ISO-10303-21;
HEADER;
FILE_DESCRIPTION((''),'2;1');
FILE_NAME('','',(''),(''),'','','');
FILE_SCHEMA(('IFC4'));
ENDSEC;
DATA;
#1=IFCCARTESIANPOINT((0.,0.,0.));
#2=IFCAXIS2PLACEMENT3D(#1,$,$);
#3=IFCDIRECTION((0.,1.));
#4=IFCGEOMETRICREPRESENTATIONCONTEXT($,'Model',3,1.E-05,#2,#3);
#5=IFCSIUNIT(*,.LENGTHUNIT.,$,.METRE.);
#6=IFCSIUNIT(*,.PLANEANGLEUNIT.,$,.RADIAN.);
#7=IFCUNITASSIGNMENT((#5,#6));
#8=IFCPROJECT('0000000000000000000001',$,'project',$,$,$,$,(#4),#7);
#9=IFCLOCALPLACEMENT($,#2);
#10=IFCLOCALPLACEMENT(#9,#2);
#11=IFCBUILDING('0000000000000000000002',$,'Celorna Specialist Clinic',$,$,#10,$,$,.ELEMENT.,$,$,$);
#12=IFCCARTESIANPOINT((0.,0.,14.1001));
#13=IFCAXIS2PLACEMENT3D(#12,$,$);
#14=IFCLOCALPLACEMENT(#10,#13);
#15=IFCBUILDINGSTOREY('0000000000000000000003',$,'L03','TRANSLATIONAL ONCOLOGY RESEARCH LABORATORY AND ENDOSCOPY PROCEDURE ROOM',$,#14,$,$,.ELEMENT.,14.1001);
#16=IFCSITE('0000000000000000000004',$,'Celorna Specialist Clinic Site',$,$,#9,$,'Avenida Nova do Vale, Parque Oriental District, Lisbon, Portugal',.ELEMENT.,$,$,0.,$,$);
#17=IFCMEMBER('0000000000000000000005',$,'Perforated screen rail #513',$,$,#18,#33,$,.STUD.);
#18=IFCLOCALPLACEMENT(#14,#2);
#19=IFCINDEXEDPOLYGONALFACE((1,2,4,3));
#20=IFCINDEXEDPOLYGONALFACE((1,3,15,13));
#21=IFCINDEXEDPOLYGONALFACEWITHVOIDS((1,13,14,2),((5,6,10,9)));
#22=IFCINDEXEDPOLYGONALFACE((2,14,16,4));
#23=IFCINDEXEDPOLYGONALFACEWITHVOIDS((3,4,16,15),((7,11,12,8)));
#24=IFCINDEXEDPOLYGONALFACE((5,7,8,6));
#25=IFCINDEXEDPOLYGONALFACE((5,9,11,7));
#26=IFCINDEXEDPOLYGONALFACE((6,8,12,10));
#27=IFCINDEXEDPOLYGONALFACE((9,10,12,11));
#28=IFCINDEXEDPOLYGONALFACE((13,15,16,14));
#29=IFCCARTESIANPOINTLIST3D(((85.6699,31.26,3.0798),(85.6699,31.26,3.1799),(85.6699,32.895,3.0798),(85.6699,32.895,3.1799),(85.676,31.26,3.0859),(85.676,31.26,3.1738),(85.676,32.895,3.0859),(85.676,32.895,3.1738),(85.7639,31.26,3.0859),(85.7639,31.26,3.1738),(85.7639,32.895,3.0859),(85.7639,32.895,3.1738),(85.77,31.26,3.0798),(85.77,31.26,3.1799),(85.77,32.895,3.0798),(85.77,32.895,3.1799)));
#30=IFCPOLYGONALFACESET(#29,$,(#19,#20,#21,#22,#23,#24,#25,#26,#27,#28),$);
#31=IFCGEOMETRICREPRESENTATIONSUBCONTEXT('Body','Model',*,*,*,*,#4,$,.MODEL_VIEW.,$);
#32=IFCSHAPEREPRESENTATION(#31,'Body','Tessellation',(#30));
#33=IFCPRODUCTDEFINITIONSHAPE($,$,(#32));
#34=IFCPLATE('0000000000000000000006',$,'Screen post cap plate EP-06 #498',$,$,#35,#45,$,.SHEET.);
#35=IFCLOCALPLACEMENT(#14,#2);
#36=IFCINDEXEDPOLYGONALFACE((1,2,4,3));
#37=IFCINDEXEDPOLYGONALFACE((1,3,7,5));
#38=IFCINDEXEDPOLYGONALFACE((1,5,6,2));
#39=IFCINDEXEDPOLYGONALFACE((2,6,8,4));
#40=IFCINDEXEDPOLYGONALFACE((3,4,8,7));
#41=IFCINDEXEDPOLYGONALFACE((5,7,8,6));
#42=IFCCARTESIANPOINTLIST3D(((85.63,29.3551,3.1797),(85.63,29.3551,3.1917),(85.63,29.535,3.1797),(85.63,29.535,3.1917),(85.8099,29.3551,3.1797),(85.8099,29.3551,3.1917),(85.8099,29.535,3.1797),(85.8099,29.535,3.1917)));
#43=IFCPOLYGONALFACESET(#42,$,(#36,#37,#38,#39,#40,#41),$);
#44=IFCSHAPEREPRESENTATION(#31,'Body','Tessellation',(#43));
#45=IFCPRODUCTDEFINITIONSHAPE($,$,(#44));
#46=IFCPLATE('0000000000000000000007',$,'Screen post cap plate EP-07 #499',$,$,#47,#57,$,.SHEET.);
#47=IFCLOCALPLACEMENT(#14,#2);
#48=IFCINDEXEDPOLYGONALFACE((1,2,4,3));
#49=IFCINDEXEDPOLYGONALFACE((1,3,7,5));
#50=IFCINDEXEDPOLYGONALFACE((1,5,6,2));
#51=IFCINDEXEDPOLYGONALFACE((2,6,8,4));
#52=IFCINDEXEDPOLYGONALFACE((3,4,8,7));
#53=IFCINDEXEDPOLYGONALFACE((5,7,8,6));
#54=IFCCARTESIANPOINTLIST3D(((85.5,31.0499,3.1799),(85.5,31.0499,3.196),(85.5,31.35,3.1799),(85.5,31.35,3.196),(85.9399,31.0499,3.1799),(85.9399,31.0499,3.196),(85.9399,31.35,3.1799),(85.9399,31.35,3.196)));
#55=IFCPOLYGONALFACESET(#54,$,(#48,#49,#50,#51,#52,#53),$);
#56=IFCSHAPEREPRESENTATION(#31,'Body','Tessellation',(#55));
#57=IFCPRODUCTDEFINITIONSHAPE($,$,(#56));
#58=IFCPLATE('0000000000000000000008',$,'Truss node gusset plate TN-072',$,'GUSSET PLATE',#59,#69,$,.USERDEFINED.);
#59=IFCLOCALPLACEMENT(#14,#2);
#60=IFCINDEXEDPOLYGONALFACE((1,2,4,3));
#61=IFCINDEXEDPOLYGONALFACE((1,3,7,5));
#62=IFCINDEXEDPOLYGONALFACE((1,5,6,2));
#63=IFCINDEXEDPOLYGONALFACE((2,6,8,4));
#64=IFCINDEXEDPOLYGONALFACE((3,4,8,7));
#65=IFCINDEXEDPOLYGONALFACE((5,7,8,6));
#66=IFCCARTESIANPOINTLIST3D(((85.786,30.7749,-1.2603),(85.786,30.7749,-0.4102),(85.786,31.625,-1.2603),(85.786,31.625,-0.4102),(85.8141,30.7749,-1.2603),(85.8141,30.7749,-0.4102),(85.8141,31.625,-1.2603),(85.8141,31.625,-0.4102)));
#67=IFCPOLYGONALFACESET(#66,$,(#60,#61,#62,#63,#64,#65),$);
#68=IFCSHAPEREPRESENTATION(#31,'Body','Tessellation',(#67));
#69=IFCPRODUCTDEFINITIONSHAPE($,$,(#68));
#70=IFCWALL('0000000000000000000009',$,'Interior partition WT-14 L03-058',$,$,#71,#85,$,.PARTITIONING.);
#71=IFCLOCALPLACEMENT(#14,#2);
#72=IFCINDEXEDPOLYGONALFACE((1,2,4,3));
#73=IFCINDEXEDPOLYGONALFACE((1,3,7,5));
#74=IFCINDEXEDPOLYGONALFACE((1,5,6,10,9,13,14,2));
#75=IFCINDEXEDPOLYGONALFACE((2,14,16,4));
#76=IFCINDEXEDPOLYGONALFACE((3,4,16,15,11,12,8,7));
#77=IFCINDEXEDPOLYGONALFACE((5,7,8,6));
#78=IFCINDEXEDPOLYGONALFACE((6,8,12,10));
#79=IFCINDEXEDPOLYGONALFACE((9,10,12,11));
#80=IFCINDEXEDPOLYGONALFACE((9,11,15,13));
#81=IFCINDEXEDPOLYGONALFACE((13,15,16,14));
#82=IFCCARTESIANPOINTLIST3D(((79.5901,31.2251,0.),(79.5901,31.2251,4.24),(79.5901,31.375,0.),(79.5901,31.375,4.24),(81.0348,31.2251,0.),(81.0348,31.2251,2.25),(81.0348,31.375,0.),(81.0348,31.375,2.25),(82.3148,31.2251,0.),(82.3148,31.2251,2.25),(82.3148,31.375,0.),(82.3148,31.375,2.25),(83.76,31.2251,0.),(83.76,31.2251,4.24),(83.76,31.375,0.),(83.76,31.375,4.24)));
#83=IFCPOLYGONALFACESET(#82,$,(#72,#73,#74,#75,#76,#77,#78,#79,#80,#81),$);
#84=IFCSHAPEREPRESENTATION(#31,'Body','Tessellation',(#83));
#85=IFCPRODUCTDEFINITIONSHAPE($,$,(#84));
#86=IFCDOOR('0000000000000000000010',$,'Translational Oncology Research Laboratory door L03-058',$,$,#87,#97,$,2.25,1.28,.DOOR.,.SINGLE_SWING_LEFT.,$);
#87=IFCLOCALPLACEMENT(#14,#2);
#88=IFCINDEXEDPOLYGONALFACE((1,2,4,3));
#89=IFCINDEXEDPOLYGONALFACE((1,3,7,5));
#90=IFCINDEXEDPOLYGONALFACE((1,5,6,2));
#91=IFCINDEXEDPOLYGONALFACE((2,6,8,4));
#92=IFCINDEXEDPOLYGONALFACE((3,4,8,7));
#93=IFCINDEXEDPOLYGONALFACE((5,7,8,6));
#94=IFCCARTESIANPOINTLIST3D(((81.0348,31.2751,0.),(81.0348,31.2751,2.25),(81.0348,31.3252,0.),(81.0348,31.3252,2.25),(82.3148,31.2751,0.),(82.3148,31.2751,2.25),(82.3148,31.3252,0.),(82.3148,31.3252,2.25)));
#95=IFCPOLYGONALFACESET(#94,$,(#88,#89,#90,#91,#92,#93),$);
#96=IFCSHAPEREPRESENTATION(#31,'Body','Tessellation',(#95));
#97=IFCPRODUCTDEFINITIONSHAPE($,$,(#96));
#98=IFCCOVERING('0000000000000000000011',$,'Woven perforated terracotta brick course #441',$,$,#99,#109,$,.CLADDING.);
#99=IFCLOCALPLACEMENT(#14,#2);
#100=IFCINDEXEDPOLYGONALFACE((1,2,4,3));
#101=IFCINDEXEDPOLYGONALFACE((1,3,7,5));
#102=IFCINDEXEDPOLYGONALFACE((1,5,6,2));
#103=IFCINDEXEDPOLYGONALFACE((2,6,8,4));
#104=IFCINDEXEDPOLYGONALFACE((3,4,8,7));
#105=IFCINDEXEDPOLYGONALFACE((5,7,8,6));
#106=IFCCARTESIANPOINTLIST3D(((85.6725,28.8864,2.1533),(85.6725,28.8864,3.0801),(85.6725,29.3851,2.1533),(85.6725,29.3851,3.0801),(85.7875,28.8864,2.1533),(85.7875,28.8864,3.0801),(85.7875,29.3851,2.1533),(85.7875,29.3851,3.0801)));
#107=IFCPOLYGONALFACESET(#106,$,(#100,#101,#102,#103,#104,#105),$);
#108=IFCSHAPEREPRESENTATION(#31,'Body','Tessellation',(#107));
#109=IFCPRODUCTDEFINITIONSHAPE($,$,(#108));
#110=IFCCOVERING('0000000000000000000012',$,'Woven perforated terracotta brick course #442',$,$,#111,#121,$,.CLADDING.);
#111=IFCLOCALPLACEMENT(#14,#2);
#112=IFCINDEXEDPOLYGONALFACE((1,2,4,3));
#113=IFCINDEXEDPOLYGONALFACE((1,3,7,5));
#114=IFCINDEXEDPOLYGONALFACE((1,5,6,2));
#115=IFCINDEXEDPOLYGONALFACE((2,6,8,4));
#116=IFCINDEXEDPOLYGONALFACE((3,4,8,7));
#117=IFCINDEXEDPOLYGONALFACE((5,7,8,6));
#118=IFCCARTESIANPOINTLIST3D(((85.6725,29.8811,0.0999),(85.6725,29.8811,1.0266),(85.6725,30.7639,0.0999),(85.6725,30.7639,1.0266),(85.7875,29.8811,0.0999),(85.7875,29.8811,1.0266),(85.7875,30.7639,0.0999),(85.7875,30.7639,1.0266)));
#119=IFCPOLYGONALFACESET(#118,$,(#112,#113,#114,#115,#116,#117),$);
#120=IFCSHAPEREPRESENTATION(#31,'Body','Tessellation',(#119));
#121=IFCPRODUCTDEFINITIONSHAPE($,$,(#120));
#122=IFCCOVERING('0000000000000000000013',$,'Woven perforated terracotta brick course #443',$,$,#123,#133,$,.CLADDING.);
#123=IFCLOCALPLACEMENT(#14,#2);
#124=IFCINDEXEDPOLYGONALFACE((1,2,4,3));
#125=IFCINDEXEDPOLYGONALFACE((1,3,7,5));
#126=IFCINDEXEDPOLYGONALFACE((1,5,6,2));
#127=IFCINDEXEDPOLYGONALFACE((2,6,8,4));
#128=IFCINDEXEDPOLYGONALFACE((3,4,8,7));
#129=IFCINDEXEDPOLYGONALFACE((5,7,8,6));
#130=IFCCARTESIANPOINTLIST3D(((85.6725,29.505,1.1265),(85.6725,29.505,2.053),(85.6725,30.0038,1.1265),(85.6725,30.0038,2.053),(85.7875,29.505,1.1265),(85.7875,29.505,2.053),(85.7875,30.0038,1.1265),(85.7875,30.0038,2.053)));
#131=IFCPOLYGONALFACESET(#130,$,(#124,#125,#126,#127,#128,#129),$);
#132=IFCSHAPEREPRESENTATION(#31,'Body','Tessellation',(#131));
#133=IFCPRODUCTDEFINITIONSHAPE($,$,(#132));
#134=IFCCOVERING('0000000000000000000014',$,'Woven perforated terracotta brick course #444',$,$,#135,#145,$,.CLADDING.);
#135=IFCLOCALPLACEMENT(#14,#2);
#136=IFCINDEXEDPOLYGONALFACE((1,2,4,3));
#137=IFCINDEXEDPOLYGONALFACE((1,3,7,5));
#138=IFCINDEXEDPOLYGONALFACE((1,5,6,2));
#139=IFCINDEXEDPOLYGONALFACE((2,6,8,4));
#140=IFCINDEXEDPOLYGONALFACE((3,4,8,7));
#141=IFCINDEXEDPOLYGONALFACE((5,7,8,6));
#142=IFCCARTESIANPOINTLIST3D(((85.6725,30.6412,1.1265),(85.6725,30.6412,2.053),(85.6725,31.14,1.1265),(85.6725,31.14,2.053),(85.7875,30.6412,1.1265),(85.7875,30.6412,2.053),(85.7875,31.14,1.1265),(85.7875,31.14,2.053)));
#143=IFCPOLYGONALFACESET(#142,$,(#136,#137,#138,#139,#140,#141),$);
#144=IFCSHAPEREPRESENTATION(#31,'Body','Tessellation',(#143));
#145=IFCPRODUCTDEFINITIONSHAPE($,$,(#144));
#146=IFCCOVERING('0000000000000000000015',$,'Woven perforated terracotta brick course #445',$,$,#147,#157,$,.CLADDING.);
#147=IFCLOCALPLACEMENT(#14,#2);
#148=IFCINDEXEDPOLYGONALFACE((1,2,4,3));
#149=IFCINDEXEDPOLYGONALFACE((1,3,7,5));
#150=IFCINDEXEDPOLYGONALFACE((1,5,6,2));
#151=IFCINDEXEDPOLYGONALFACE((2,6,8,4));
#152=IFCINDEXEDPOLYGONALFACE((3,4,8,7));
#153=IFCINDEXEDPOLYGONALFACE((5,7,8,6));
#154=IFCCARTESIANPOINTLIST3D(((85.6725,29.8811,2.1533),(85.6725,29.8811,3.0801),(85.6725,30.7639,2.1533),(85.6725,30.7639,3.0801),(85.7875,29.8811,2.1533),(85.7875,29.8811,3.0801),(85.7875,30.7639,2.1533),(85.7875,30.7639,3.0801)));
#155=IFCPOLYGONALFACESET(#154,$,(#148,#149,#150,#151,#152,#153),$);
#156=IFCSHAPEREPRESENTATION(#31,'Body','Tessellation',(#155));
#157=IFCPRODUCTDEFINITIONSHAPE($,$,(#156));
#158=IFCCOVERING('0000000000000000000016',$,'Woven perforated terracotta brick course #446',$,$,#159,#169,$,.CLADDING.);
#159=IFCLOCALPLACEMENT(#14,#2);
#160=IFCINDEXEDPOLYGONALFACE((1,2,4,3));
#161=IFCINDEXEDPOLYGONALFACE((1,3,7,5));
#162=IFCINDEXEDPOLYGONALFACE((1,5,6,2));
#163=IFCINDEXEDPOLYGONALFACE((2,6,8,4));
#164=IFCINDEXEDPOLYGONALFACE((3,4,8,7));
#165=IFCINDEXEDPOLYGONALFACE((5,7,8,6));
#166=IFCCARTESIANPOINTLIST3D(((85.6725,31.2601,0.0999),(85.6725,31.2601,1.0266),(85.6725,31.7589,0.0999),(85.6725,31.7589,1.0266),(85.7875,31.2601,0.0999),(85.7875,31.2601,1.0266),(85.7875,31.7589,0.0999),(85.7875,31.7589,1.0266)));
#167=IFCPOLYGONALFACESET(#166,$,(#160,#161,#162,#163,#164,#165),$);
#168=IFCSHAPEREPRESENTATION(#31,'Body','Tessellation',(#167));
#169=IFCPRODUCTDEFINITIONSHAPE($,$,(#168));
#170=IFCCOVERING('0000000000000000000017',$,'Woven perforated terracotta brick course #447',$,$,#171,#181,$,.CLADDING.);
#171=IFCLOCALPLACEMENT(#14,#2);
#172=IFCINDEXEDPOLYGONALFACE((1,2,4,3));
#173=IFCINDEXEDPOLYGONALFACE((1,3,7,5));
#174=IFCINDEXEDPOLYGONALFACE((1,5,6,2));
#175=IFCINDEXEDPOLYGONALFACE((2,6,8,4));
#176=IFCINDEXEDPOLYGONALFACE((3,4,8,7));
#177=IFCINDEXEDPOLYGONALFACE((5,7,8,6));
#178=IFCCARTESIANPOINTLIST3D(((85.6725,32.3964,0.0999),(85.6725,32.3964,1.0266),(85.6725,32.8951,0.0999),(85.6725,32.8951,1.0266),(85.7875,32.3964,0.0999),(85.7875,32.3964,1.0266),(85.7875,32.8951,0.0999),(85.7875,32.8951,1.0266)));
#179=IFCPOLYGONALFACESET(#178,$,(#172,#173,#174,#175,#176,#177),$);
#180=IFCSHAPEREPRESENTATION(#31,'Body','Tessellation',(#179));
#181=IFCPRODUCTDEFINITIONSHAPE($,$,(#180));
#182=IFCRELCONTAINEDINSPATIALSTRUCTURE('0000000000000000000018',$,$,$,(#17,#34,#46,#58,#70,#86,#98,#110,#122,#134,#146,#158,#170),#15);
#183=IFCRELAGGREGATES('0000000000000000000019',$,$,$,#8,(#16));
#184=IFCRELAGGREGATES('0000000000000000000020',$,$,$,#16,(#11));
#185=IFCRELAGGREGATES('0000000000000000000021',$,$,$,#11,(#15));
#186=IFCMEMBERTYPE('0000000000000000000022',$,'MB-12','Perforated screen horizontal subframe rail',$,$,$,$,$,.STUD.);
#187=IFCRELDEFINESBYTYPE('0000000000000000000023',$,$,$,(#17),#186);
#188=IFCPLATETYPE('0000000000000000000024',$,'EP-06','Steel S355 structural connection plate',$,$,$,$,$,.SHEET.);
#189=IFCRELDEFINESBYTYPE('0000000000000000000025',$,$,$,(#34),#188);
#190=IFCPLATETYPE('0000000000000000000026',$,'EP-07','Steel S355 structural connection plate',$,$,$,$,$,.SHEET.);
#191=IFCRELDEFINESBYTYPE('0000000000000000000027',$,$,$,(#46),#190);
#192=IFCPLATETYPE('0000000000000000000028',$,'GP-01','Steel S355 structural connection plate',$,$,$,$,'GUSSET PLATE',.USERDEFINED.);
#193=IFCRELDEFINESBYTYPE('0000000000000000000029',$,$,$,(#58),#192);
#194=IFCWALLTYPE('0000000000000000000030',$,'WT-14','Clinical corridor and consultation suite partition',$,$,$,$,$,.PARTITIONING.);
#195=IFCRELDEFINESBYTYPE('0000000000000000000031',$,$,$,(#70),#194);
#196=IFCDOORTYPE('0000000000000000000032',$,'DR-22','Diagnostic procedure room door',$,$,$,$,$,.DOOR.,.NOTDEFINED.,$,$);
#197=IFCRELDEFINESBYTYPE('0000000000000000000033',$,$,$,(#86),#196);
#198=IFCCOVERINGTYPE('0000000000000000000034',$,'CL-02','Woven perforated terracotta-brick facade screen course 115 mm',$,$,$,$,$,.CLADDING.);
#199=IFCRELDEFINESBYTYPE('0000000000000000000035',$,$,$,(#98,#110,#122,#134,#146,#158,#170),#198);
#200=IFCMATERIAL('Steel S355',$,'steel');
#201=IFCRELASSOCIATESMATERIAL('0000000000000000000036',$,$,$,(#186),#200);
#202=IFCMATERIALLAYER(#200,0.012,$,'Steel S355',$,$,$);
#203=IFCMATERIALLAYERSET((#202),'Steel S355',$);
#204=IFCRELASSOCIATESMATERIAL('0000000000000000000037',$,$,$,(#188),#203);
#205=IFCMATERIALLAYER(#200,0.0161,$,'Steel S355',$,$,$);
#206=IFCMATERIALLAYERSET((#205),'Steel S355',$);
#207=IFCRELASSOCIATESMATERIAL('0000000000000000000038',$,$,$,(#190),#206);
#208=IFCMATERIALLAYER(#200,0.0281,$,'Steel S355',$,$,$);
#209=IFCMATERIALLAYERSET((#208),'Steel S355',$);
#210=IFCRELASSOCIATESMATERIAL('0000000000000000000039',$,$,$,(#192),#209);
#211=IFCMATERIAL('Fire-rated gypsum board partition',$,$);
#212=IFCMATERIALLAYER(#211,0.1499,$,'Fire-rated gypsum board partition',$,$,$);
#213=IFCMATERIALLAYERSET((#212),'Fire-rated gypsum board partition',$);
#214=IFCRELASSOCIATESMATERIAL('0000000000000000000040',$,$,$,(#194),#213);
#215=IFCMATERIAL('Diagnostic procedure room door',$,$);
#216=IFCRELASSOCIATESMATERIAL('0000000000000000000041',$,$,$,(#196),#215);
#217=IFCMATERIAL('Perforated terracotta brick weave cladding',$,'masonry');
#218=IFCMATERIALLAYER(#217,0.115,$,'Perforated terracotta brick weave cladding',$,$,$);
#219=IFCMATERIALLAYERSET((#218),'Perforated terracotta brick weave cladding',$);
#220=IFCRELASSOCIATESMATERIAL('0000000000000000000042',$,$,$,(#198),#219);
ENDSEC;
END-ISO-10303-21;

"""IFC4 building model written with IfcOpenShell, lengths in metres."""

from ifc_helpers import new_model, si_unit, direction, frame, frame_2d, origin, origin_2d, place, context, subcontext, project, spatial, rectangle, hollow_rectangle, extrude, material, layer, layer_set, material_profile, profile_set, type_object, element, fill, save


model = new_model("IFC4")

# Units and contexts
model_context = context("Model", 3, precision=1e-05, world=origin(), true_north=direction((0.0, 1.0)))
body_context = subcontext(model_context, "Body", "Model", "MODEL_VIEW")
ifc_project = project(units=[si_unit("LENGTHUNIT", "METRE"), si_unit("PLANEANGLEUNIT", "RADIAN")], contexts=[model_context])

# Site, building, storey
site_placement = place(None, origin())
site = spatial("IfcSite", under=ifc_project, at=site_placement, Name="Celorna Specialist Clinic Site", LongName="Avenida Nova do Vale, Parque Oriental District, Lisbon, Portugal", CompositionType="ELEMENT", RefElevation=0.0)
building_placement = place(site_placement, origin())
building = spatial("IfcBuilding", under=site, at=building_placement, Name="Celorna Specialist Clinic", CompositionType="ELEMENT")
storey_placement = place(building_placement, frame((0.0, 0.0, 14.1001)))
storey = spatial("IfcBuildingStorey", under=building, at=storey_placement, Name="L03", Description="TRANSLATIONAL ONCOLOGY RESEARCH LABORATORY AND ENDOSCOPY PROCEDURE ROOM", CompositionType="ELEMENT", Elevation=14.1001)

# Member
ifc_material_1 = material(Name="Steel S355", Category="steel")
ifc_material_profile_1 = material_profile(ifc_material_1, hollow_rectangle(XDim=0.1001, YDim=0.1001, WallThickness=0.0061, at=origin_2d()), Name="SHS 100x100x6")
ifc_profile_set_1 = profile_set([ifc_material_profile_1], Name="Steel S355")
member_type_1 = type_object("IfcMemberType", Name="MB-12", Description="Perforated screen horizontal subframe rail", PredefinedType="STUD", material=ifc_profile_set_1)
for number, where, z_axis, x_axis, name in (
    (1, (85.72, 31.26, 3.1299), (0.0, 1.0, 0.0), (-1.0, 0.0, 0.0), "Perforated screen rail #513"),
):
    element("IfcMember", number, at=place(storey_placement, frame(where, z_axis=z_axis, x_axis=x_axis)), inside=storey, type_object=member_type_1, Name=name, PredefinedType="STUD", context=body_context, shape_type="SweptSolid", body=[
        extrude(hollow_rectangle(XDim=0.1001, YDim=0.1001, WallThickness=0.0061, at=origin_2d()), origin(), (0.0, 0.0, 1.0), 1.635),
    ])

# Plates
ifc_layer_1 = layer(ifc_material_1, 0.012, Name="Steel S355")
ifc_layer_set_1 = layer_set([ifc_layer_1], Name="Steel S355")
plate_type_1 = type_object("IfcPlateType", Name="EP-06", Description="Steel S355 structural connection plate", PredefinedType="SHEET", material=ifc_layer_set_1)
plate_1_placement = place(storey_placement, frame((85.72, 29.4451, 3.1797), z_axis=(0.0, 0.0, 1.0), x_axis=(0.0, 1.0, 0.0)))
element("IfcPlate", 2, at=plate_1_placement, inside=storey, type_object=plate_type_1, Name="Screen post cap plate EP-06 #498", PredefinedType="SHEET", context=body_context, shape_type="SweptSolid", body=[
    extrude(rectangle(XDim=0.1799, YDim=0.1799, at=origin_2d()), origin(), (0.0, 0.0, 1.0), 0.012),
])
ifc_layer_2 = layer(ifc_material_1, 0.0161, Name="Steel S355")
ifc_layer_set_2 = layer_set([ifc_layer_2], Name="Steel S355")
plate_type_2 = type_object("IfcPlateType", Name="EP-07", Description="Steel S355 structural connection plate", PredefinedType="SHEET", material=ifc_layer_set_2)
plate_2_placement = place(storey_placement, frame((85.72, 31.2, 3.1799), z_axis=(0.0, 0.0, 1.0), x_axis=(0.0, 1.0, 0.0)))
element("IfcPlate", 3, at=plate_2_placement, inside=storey, type_object=plate_type_2, Name="Screen post cap plate EP-07 #499", PredefinedType="SHEET", context=body_context, shape_type="SweptSolid", body=[
    extrude(rectangle(XDim=0.3, YDim=0.4399, at=origin_2d()), origin(), (0.0, 0.0, 1.0), 0.0161),
])
ifc_layer_3 = layer(ifc_material_1, 0.0281, Name="Steel S355")
ifc_layer_set_3 = layer_set([ifc_layer_3], Name="Steel S355")
plate_type_3 = type_object("IfcPlateType", Name="GP-01", Description="Steel S355 structural connection plate", ElementType="GUSSET PLATE", PredefinedType="USERDEFINED", material=ifc_layer_set_3)
plate_3_placement = place(storey_placement, frame((85.8, 31.2, -1.2603), z_axis=(0.0, 0.0, 1.0), x_axis=(0.0, 1.0, 0.0)))
element("IfcPlate", 4, at=plate_3_placement, inside=storey, type_object=plate_type_3, Name="Truss node gusset plate TN-072", ObjectType="GUSSET PLATE", PredefinedType="USERDEFINED", context=body_context, shape_type="SweptSolid", body=[
    extrude(rectangle(XDim=0.8501, YDim=0.0281, at=origin_2d()), origin(), (0.0, 0.0, 1.0), 0.8501),
])

# Wall, opening, door
ifc_material_2 = material(Name="Fire-rated gypsum board partition")
ifc_layer_4 = layer(ifc_material_2, 0.1499, Name="Fire-rated gypsum board partition")
ifc_layer_set_4 = layer_set([ifc_layer_4], Name="Fire-rated gypsum board partition")
wall_type = type_object("IfcWallType", Name="WT-14", Description="Clinical corridor and consultation suite partition", PredefinedType="PARTITIONING", material=ifc_layer_set_4)
wall_placement = place(storey_placement, frame((83.76, 31.3, 0.0), z_axis=(0.0, 0.0, 1.0), x_axis=(-1.0, 0.0, 0.0)))
wall = element("IfcWall", 5, at=wall_placement, inside=storey, type_object=wall_type, Name="Interior partition WT-14 L03-058", PredefinedType="PARTITIONING", context=body_context, shape_type="SweptSolid", body=[
    extrude(rectangle(XDim=4.1699, YDim=0.1499, at=frame_2d((2.085, 0.0))), origin(), (0.0, 0.0, 1.0), 4.24),
])
opening_placement = place(wall_placement, frame((1.4451, 0.0, 0.0)))
opening = element("IfcOpeningElement", 6, at=opening_placement, cuts=wall, PredefinedType="OPENING", context=body_context, shape_type="SweptSolid", body=[
    extrude(rectangle(XDim=1.28, YDim=2.25, at=frame_2d((0.6401, 1.125))), frame((0.0, 0.085, 0.0), z_axis=(0.0, -1.0, 0.0), x_axis=(1.0, 0.0, 0.0)), (0.0, 0.0, 1.0), 0.1699),
])
ifc_material_3 = material(Name="Diagnostic procedure room door")
door_type = type_object("IfcDoorType", Name="DR-22", Description="Diagnostic procedure room door", OperationType="NOTDEFINED", PredefinedType="DOOR", material=ifc_material_3)
door_placement = place(opening_placement, origin())
door = element("IfcDoor", 7, at=door_placement, inside=storey, type_object=door_type, Name="Translational Oncology Research Laboratory door L03-058", OperationType="SINGLE_SWING_LEFT", OverallHeight=2.25, OverallWidth=1.28, PredefinedType="DOOR", context=body_context, shape_type="SweptSolid", body=[
    extrude(rectangle(XDim=1.28, YDim=2.25, at=frame_2d((0.6401, 1.125))), frame((0.0, 0.0249, 0.0), z_axis=(0.0, -1.0, 0.0), x_axis=(1.0, 0.0, 0.0)), (0.0, 0.0, 1.0), 0.05),
])
fill(opening, door)

# Coverings
ifc_material_4 = material(Name="Perforated terracotta brick weave cladding", Category="masonry")
ifc_layer_5 = layer(ifc_material_4, 0.115, Name="Perforated terracotta brick weave cladding")
ifc_layer_set_5 = layer_set([ifc_layer_5], Name="Perforated terracotta brick weave cladding")
covering_type = type_object("IfcCoveringType", Name="CL-02", Description="Woven perforated terracotta-brick facade screen course 115 mm", PredefinedType="CLADDING", material=ifc_layer_set_5)
covering_1_placement = place(storey_placement, frame((85.73, 29.1357, 2.1533), z_axis=(0.0, 0.0, 1.0), x_axis=(0.0, 1.0, 0.0)))
element("IfcCovering", 8, at=covering_1_placement, inside=storey, type_object=covering_type, Name="Woven perforated terracotta brick course #441", PredefinedType="CLADDING", context=body_context, shape_type="SweptSolid", body=[
    extrude(rectangle(XDim=0.4988, YDim=0.115, at=origin_2d()), origin(), (0.0, 0.0, 1.0), 0.9268),
])
covering_2_placement = place(storey_placement, frame((85.73, 30.3225, 0.0999), z_axis=(0.0, 0.0, 1.0), x_axis=(0.0, 1.0, 0.0)))
element("IfcCovering", 9, at=covering_2_placement, inside=storey, type_object=covering_type, Name="Woven perforated terracotta brick course #442", PredefinedType="CLADDING", context=body_context, shape_type="SweptSolid", body=[
    extrude(rectangle(XDim=0.8828, YDim=0.115, at=origin_2d()), origin(), (0.0, 0.0, 1.0), 0.9268),
])
for number, where, z_axis, x_axis, name in (
    (10, (85.73, 29.7544, 1.1265), (0.0, 0.0, 1.0), (0.0, 1.0, 0.0), "Woven perforated terracotta brick course #443"),
    (11, (85.73, 30.8906, 1.1265), (0.0, 0.0, 1.0), (0.0, 1.0, 0.0), "Woven perforated terracotta brick course #444"),
):
    element("IfcCovering", number, at=place(storey_placement, frame(where, z_axis=z_axis, x_axis=x_axis)), inside=storey, type_object=covering_type, Name=name, PredefinedType="CLADDING", context=body_context, shape_type="SweptSolid", body=[
        extrude(rectangle(XDim=0.4988, YDim=0.115, at=origin_2d()), origin(), (0.0, 0.0, 1.0), 0.9265),
    ])
covering_3_placement = place(storey_placement, frame((85.73, 30.3225, 2.1533), z_axis=(0.0, 0.0, 1.0), x_axis=(0.0, 1.0, 0.0)))
element("IfcCovering", 12, at=covering_3_placement, inside=storey, type_object=covering_type, Name="Woven perforated terracotta brick course #445", PredefinedType="CLADDING", context=body_context, shape_type="SweptSolid", body=[
    extrude(rectangle(XDim=0.8828, YDim=0.115, at=origin_2d()), origin(), (0.0, 0.0, 1.0), 0.9268),
])
for number, where, z_axis, x_axis, name in (
    (13, (85.73, 31.5095, 0.0999), (0.0, 0.0, 1.0), (0.0, 1.0, 0.0), "Woven perforated terracotta brick course #446"),
    (14, (85.73, 32.6458, 0.0999), (0.0, 0.0, 1.0), (0.0, 1.0, 0.0), "Woven perforated terracotta brick course #447"),
):
    element("IfcCovering", number, at=place(storey_placement, frame(where, z_axis=z_axis, x_axis=x_axis)), inside=storey, type_object=covering_type, Name=name, PredefinedType="CLADDING", context=body_context, shape_type="SweptSolid", body=[
        extrude(rectangle(XDim=0.4988, YDim=0.115, at=origin_2d()), origin(), (0.0, 0.0, 1.0), 0.9268),
    ])

save(model, "model.ifc")
